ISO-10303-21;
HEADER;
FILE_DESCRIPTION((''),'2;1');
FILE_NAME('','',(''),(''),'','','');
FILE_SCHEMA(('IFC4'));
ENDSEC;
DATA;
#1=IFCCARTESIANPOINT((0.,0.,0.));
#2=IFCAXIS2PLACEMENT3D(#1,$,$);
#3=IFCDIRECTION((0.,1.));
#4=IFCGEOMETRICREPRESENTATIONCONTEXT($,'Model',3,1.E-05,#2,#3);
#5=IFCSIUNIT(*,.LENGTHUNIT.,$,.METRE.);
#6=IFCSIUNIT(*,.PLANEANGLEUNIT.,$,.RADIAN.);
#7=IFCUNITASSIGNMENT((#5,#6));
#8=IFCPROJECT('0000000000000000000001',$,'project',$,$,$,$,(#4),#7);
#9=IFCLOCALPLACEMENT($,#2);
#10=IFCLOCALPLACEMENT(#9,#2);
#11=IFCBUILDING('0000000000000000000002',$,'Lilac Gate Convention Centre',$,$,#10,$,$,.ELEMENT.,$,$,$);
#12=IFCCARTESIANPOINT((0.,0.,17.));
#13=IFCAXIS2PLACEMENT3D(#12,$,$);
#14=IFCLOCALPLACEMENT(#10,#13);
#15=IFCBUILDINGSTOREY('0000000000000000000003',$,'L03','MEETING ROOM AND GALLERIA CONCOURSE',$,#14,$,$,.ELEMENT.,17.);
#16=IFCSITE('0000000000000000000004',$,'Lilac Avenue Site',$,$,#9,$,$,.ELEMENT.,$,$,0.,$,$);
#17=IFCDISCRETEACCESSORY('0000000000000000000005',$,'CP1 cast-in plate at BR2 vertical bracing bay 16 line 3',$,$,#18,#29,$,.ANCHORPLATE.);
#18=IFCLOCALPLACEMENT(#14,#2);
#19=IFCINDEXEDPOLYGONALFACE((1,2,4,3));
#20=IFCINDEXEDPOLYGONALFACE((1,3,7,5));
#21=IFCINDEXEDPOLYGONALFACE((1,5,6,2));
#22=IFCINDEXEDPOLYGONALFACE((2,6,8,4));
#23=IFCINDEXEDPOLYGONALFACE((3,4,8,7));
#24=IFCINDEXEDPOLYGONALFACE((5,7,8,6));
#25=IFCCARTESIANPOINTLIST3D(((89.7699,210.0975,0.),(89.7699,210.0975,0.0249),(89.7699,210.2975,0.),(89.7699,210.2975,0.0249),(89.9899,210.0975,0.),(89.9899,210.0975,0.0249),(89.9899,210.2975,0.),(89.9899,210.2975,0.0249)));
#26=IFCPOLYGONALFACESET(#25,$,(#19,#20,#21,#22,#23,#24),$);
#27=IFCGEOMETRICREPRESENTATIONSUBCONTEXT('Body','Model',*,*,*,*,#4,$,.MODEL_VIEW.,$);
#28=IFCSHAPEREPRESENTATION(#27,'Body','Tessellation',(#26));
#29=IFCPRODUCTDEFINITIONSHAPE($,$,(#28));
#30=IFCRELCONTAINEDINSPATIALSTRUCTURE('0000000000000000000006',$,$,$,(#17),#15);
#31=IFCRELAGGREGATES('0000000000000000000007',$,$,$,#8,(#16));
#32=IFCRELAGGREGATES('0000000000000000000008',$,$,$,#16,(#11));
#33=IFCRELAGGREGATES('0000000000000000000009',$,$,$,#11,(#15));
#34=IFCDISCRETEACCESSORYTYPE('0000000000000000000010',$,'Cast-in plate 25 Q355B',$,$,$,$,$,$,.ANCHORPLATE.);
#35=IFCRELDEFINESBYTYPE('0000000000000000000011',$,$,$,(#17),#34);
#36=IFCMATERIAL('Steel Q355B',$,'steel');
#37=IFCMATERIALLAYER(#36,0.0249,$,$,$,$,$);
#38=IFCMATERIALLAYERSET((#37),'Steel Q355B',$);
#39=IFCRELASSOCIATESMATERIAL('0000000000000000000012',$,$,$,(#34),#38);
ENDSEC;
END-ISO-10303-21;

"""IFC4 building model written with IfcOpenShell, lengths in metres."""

from ifc_helpers import new_model, si_unit, direction, frame, origin, origin_2d, place, context, subcontext, project, spatial, rectangle, extrude, material, layer, layer_set, type_object, element, save


model = new_model("IFC4")

# Units and contexts
model_context = context("Model", 3, precision=1e-05, world=origin(), true_north=direction((0.0, 1.0)))
body_context = subcontext(model_context, "Body", "Model", "MODEL_VIEW")
ifc_project = project(units=[si_unit("LENGTHUNIT", "METRE"), si_unit("PLANEANGLEUNIT", "RADIAN")], contexts=[model_context])

# Site, building, storey
site_placement = place(None, origin())
site = spatial("IfcSite", under=ifc_project, at=site_placement, Name="Lilac Avenue Site", CompositionType="ELEMENT", RefElevation=0.0)
building_placement = place(site_placement, origin())
building = spatial("IfcBuilding", under=site, at=building_placement, Name="Lilac Gate Convention Centre", CompositionType="ELEMENT")
storey_placement = place(building_placement, frame((0.0, 0.0, 17.0)))
storey = spatial("IfcBuildingStorey", under=building, at=storey_placement, Name="L03", Description="MEETING ROOM AND GALLERIA CONCOURSE", CompositionType="ELEMENT", Elevation=17.0)

# Shared definitions
ifc_material = material(Name="Steel Q355B", Category="steel")

# Discrete accessory
ifc_layer = layer(ifc_material, 0.0249)
ifc_layer_set = layer_set([ifc_layer], Name="Steel Q355B")
discrete_accessory_type = type_object("IfcDiscreteAccessoryType", Name="Cast-in plate 25 Q355B", PredefinedType="ANCHORPLATE", material=ifc_layer_set)
discrete_accessory_placement = place(storey_placement, frame((89.8799, 210.1975, 0.0), z_axis=(0.0, 0.0, 1.0), x_axis=(0.0, 1.0, 0.0)))
element("IfcDiscreteAccessory", 1, at=discrete_accessory_placement, inside=storey, type_object=discrete_accessory_type, Name="CP1 cast-in plate at BR2 vertical bracing bay 16 line 3", PredefinedType="ANCHORPLATE", context=body_context, shape_type="SweptSolid", body=[
    extrude(rectangle(XDim=0.2, YDim=0.22, at=origin_2d()), origin(), (0.0, 0.0, 1.0), 0.0249),
])

save(model, "model.ifc")
